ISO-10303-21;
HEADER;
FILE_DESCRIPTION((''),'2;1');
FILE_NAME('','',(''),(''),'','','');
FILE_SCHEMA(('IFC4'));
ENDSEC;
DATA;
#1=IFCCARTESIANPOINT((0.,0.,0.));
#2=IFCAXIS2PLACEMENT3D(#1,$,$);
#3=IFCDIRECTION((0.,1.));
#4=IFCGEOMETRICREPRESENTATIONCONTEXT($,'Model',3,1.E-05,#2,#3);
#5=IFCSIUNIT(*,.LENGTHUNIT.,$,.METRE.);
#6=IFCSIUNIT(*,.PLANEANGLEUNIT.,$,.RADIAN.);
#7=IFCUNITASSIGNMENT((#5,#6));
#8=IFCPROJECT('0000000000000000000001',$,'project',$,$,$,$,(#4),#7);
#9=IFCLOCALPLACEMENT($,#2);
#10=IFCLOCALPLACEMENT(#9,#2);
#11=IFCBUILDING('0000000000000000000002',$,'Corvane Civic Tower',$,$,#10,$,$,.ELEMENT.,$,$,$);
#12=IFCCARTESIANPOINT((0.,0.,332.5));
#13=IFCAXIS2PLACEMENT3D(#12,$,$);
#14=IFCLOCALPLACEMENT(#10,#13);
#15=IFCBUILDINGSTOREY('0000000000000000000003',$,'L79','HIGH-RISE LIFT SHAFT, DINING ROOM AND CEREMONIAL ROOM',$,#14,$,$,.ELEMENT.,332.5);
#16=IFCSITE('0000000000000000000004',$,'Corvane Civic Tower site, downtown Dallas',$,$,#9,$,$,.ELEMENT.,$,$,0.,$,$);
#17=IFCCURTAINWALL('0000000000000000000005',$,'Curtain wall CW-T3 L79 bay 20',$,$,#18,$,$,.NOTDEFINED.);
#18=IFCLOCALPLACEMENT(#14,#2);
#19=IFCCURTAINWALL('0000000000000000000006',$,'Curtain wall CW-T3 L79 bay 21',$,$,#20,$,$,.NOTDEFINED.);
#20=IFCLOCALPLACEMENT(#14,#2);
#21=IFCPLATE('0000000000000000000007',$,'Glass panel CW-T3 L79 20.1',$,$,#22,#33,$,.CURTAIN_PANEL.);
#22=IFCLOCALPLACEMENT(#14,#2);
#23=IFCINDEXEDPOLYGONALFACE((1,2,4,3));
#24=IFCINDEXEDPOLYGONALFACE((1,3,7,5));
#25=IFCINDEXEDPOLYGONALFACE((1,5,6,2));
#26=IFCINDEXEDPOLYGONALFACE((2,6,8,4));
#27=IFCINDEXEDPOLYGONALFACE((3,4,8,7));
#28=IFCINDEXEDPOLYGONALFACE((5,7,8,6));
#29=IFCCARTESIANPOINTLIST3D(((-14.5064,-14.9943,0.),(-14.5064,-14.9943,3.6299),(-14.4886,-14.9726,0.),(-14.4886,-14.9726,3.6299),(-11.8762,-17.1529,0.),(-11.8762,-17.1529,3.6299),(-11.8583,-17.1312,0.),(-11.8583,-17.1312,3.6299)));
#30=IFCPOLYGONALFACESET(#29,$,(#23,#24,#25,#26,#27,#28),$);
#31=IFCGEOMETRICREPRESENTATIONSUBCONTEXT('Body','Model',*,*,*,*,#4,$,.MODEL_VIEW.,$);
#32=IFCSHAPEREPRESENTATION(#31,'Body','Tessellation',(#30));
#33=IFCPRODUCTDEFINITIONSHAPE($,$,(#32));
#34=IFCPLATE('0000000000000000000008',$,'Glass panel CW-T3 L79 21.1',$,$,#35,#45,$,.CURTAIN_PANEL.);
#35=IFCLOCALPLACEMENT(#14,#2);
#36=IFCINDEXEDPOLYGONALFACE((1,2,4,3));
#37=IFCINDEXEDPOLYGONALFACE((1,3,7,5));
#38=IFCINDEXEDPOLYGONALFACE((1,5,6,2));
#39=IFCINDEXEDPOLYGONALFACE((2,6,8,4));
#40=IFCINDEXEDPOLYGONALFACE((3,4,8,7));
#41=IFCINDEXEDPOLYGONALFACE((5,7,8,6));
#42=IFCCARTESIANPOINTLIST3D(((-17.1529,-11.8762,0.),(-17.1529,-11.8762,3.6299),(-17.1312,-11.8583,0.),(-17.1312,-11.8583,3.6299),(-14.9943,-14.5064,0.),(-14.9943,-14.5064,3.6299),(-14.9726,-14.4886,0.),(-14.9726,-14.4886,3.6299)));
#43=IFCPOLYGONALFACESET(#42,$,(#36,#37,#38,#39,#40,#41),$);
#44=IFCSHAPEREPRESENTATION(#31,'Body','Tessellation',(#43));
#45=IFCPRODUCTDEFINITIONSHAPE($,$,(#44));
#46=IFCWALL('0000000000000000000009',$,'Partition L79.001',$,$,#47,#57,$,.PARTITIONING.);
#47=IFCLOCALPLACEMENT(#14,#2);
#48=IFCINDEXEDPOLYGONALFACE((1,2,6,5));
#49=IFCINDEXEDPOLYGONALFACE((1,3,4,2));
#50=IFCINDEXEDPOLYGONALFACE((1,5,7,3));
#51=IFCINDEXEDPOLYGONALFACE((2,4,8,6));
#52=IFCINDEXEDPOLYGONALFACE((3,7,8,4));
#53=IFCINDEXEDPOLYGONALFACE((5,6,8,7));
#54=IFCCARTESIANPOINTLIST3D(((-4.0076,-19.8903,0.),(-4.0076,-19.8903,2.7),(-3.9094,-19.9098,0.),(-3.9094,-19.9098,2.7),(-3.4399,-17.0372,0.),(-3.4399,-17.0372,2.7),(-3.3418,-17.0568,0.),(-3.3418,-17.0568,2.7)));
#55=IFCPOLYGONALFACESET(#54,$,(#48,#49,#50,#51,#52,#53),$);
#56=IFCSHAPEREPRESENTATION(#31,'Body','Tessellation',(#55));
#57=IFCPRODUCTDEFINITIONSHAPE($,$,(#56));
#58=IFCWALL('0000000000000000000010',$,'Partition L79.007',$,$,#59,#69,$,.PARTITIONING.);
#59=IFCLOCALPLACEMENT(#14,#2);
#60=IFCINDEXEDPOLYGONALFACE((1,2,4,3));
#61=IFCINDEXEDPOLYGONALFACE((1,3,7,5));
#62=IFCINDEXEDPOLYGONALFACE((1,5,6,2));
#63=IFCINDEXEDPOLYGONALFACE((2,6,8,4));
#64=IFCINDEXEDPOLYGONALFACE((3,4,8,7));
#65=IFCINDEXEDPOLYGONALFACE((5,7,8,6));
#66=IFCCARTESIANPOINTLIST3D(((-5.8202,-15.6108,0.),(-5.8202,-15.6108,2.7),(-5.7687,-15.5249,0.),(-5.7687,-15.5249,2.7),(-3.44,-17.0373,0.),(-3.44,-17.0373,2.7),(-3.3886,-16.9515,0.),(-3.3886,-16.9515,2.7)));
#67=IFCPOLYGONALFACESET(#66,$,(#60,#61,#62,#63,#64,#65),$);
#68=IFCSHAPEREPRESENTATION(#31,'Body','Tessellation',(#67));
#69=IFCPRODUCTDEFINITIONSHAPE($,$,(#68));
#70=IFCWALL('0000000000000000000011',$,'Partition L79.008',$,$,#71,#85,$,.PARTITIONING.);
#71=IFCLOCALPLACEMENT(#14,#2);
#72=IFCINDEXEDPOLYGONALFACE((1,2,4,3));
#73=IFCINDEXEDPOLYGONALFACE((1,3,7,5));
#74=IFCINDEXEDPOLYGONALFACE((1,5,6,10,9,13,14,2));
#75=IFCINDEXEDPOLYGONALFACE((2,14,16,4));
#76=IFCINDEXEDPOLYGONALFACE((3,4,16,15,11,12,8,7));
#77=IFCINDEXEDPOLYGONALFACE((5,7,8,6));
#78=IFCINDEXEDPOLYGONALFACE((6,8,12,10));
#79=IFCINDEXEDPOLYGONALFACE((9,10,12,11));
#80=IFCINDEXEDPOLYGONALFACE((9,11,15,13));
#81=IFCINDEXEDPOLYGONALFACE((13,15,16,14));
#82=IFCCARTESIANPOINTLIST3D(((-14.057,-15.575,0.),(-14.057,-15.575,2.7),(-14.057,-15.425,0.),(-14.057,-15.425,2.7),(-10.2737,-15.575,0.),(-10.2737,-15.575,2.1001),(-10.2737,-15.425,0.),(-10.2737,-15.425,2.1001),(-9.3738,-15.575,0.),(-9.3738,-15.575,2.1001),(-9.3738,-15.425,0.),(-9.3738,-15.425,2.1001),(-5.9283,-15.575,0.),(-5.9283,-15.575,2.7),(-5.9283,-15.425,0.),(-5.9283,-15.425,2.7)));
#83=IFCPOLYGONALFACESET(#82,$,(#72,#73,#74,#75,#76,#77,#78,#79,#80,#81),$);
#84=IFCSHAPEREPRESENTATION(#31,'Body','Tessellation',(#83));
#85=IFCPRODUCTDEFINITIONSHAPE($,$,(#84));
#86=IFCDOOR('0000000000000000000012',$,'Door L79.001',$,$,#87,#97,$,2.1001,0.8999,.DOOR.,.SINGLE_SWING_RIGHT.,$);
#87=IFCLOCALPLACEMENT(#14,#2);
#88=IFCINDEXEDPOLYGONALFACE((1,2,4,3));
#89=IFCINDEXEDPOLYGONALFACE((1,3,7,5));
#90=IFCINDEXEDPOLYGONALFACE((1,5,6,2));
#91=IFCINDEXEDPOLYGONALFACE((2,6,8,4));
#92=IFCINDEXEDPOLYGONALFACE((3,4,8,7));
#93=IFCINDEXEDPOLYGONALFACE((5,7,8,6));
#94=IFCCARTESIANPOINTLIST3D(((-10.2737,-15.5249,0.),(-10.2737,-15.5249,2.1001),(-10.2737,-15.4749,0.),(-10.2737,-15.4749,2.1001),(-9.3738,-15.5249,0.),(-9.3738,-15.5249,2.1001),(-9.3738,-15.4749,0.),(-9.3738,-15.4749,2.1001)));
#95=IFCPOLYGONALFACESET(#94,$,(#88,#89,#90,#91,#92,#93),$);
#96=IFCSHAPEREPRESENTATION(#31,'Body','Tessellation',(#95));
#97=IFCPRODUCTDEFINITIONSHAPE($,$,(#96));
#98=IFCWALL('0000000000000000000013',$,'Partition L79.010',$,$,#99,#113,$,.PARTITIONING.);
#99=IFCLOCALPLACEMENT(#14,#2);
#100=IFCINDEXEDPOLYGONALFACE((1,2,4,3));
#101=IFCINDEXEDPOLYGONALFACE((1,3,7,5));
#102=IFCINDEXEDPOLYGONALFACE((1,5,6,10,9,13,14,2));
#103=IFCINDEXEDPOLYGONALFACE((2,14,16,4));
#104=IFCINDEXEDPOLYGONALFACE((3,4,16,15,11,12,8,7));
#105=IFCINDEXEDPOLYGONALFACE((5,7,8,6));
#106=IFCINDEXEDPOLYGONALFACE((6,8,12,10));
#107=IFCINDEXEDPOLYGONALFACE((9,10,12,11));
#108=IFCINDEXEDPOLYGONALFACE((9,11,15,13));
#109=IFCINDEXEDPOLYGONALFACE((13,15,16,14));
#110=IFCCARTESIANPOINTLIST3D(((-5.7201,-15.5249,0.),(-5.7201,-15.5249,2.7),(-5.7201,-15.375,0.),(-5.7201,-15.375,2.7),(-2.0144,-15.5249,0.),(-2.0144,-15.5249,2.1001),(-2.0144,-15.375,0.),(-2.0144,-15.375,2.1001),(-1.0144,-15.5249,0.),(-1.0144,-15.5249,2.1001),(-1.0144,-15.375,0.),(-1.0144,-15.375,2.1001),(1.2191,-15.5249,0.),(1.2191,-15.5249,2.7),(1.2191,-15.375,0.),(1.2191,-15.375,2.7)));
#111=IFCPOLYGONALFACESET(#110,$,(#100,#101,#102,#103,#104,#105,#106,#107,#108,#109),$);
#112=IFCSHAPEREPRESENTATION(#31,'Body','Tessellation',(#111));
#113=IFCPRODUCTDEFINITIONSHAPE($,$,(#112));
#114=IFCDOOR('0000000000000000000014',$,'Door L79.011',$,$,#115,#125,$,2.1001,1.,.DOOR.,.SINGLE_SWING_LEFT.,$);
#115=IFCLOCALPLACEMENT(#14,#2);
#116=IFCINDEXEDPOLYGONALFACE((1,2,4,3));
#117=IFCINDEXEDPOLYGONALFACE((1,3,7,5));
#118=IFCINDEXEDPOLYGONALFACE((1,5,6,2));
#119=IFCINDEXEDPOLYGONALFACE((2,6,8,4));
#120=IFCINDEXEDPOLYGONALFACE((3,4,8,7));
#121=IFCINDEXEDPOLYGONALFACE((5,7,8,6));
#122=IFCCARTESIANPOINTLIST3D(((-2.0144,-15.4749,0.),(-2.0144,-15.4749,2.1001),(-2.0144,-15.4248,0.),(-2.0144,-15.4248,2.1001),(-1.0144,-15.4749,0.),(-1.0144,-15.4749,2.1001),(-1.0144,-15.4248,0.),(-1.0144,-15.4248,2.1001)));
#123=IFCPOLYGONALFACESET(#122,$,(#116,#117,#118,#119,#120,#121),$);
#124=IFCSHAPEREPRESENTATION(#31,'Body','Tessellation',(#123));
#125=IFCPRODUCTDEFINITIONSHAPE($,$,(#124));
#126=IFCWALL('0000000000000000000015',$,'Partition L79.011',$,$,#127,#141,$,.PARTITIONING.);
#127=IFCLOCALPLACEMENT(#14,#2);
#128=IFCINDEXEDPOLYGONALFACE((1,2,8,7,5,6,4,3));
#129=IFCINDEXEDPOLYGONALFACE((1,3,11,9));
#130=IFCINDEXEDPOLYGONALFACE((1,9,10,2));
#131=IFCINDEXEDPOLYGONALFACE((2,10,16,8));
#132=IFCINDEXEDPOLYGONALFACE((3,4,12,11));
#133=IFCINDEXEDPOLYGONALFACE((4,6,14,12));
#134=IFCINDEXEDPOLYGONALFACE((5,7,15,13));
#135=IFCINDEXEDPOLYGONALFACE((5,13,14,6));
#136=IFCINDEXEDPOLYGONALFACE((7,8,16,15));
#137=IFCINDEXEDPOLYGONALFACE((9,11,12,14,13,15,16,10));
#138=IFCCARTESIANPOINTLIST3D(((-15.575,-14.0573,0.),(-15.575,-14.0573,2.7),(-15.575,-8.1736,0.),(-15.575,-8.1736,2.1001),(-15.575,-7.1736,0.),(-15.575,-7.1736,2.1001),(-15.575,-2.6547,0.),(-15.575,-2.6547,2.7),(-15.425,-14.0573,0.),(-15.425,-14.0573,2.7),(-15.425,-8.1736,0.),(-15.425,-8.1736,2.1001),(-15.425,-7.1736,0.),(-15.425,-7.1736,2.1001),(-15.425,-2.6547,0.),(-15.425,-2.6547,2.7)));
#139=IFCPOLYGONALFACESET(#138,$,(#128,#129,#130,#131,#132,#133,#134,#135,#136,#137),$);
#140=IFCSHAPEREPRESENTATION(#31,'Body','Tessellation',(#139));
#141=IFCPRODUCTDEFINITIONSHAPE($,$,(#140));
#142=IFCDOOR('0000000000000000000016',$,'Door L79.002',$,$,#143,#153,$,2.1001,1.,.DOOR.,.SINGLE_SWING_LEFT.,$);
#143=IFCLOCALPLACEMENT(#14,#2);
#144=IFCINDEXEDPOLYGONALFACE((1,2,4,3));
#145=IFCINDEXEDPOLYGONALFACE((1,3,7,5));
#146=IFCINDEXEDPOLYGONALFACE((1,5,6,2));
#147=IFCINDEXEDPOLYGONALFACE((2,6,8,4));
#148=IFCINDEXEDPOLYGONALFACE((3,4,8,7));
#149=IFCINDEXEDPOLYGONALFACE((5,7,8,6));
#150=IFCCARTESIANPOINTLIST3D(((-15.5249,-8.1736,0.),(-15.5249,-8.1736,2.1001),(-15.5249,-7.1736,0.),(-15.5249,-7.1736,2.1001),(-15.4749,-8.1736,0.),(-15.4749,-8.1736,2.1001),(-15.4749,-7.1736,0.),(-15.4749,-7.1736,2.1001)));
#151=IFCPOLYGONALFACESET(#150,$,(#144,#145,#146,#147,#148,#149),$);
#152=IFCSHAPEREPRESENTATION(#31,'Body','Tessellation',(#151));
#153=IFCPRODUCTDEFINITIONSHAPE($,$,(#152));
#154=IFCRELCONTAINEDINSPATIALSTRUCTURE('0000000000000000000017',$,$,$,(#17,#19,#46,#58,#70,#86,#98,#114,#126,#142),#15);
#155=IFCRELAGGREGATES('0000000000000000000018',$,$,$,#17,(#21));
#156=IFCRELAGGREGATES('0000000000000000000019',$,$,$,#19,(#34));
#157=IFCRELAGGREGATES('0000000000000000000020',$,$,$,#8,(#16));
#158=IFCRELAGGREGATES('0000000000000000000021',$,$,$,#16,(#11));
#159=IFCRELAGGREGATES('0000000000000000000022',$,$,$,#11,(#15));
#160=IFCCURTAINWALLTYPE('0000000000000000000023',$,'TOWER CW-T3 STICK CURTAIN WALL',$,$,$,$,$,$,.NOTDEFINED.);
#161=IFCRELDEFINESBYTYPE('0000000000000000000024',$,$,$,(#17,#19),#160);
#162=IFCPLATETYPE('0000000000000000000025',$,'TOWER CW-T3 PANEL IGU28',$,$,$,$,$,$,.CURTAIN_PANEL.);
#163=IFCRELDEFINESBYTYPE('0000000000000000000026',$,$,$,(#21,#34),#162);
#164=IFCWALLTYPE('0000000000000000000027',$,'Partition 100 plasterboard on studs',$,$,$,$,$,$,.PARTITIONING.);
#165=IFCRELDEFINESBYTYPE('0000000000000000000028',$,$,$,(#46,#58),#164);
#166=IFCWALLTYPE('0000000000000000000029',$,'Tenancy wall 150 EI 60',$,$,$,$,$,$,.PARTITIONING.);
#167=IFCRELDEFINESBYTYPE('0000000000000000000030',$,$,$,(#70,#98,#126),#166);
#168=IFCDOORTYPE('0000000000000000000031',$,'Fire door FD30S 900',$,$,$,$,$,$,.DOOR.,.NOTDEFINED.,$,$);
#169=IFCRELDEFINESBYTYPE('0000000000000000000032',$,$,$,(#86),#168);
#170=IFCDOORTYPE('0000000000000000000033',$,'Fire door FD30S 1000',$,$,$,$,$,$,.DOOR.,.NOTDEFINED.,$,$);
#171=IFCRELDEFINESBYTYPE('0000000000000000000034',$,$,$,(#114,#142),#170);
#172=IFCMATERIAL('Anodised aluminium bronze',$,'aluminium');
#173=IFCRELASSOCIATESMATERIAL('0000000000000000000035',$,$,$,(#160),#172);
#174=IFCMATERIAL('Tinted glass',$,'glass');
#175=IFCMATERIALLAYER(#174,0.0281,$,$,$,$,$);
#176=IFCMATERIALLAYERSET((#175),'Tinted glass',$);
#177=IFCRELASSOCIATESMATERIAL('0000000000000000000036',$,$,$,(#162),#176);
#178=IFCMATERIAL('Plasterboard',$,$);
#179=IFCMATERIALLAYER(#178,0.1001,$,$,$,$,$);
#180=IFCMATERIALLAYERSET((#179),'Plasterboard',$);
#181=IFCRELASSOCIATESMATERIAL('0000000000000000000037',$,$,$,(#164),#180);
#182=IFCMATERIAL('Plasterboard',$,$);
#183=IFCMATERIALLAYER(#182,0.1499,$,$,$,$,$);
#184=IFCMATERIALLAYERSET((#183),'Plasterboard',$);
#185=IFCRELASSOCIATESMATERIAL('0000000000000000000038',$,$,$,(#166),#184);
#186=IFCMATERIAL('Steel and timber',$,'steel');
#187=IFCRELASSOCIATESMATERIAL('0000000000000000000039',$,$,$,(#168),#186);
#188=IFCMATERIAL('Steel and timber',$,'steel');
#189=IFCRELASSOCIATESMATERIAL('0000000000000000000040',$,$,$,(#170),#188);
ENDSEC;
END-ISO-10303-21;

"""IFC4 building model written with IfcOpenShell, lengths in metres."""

from ifc_helpers import new_model, si_unit, direction, frame, frame_2d, origin, origin_2d, place, context, subcontext, project, spatial, rectangle, extrude, material, layer, layer_set, type_object, element, fill, aggregate, save


model = new_model("IFC4")

# Units and contexts
model_context = context("Model", 3, precision=1e-05, world=origin(), true_north=direction((0.0, 1.0)))
body_context = subcontext(model_context, "Body", "Model", "MODEL_VIEW")
ifc_project = project(units=[si_unit("LENGTHUNIT", "METRE"), si_unit("PLANEANGLEUNIT", "RADIAN")], contexts=[model_context])

# Site, building, storey
site_placement = place(None, origin())
site = spatial("IfcSite", under=ifc_project, at=site_placement, Name="Corvane Civic Tower site, downtown Dallas", CompositionType="ELEMENT", RefElevation=0.0)
building_placement = place(site_placement, origin())
building = spatial("IfcBuilding", under=site, at=building_placement, Name="Corvane Civic Tower", CompositionType="ELEMENT")
storey_placement = place(building_placement, frame((0.0, 0.0, 332.5)))
storey = spatial("IfcBuildingStorey", under=building, at=storey_placement, Name="L79", Description="HIGH-RISE LIFT SHAFT, DINING ROOM AND CEREMONIAL ROOM", CompositionType="ELEMENT", Elevation=332.5)

# Curtain walls
ifc_material_1 = material(Name="Anodised aluminium bronze", Category="aluminium")
curtain_wall_type = type_object("IfcCurtainWallType", Name="TOWER CW-T3 STICK CURTAIN WALL", PredefinedType="NOTDEFINED", material=ifc_material_1)
curtain_wall_1_placement = place(storey_placement, origin())
curtain_wall_1 = element("IfcCurtainWall", 1, at=curtain_wall_1_placement, inside=storey, type_object=curtain_wall_type, Name="Curtain wall CW-T3 L79 bay 20", PredefinedType="NOTDEFINED")
curtain_wall_2_placement = place(storey_placement, origin())
curtain_wall_2 = element("IfcCurtainWall", 2, at=curtain_wall_2_placement, inside=storey, type_object=curtain_wall_type, Name="Curtain wall CW-T3 L79 bay 21", PredefinedType="NOTDEFINED")

# Plates
ifc_material_2 = material(Name="Tinted glass", Category="glass")
ifc_layer_1 = layer(ifc_material_2, 0.0281)
ifc_layer_set_1 = layer_set([ifc_layer_1], Name="Tinted glass")
plate_type = type_object("IfcPlateType", Name="TOWER CW-T3 PANEL IGU28", PredefinedType="CURTAIN_PANEL", material=ifc_layer_set_1)
plate_1_placement = place(storey_placement, frame((-13.1824, -16.0627, 0.0), z_axis=(0.0, 0.0, 1.0), x_axis=(-0.77301, 0.634393, 0.0)))
plate_1 = element("IfcPlate", 3, at=plate_1_placement, type_object=plate_type, Name="Glass panel CW-T3 L79 20.1", PredefinedType="CURTAIN_PANEL", context=body_context, shape_type="SweptSolid", body=[
    extrude(rectangle(XDim=3.4026, YDim=0.0281, at=origin_2d()), origin(), (0.0, 0.0, 1.0), 3.6299),
])
aggregate(curtain_wall_1, [plate_1])
plate_2_placement = place(storey_placement, frame((-16.0627, -13.1824, 0.0), z_axis=(0.0, 0.0, 1.0), x_axis=(-0.634393, 0.77301, 0.0)))
plate_2 = element("IfcPlate", 4, at=plate_2_placement, type_object=plate_type, Name="Glass panel CW-T3 L79 21.1", PredefinedType="CURTAIN_PANEL", context=body_context, shape_type="SweptSolid", body=[
    extrude(rectangle(XDim=3.4026, YDim=0.0281, at=origin_2d()), origin(), (0.0, 0.0, 1.0), 3.6299),
])
aggregate(curtain_wall_2, [plate_2])

# Walls
ifc_material_3 = material(Name="Plasterboard")
ifc_layer_2 = layer(ifc_material_3, 0.1001)
ifc_layer_set_2 = layer_set([ifc_layer_2], Name="Plasterboard")
wall_type_1 = type_object("IfcWallType", Name="Partition 100 plasterboard on studs", PredefinedType="PARTITIONING", material=ifc_layer_set_2)
wall_1_placement = place(storey_placement, frame((-3.9585, -19.9001, 0.0), z_axis=(0.0, 0.0, 1.0), x_axis=(0.195132, 0.980777, 0.0)))
element("IfcWall", 5, at=wall_1_placement, inside=storey, type_object=wall_type_1, Name="Partition L79.001", PredefinedType="PARTITIONING", context=body_context, shape_type="SweptSolid", body=[
    extrude(rectangle(XDim=2.9089, YDim=0.1001, at=frame_2d((1.4546, 0.0))), origin(), (0.0, 0.0, 1.0), 2.7),
])
wall_2_placement = place(storey_placement, frame((-5.7944, -15.5679, 0.0), z_axis=(0.0, 0.0, 1.0), x_axis=(0.857741, -0.514082, 0.0)))
element("IfcWall", 6, at=wall_2_placement, inside=storey, type_object=wall_type_1, Name="Partition L79.007", PredefinedType="PARTITIONING", context=body_context, shape_type="SweptSolid", body=[
    extrude(rectangle(XDim=2.7749, YDim=0.1001, at=frame_2d((1.3875, 0.0))), origin(), (0.0, 0.0, 1.0), 2.7),
])

# Walls, openings, doors
ifc_material_4 = material(Name="Plasterboard")
ifc_layer_3 = layer(ifc_material_4, 0.1499)
ifc_layer_set_3 = layer_set([ifc_layer_3], Name="Plasterboard")
wall_type_2 = type_object("IfcWallType", Name="Tenancy wall 150 EI 60", PredefinedType="PARTITIONING", material=ifc_layer_set_3)
wall_3_placement = place(storey_placement, frame((-14.0571, -15.5, 0.0), z_axis=(0.0, 0.0, 1.0), x_axis=(1.0, 0.0, 0.0)))
wall_3 = element("IfcWall", 7, at=wall_3_placement, inside=storey, type_object=wall_type_2, Name="Partition L79.008", PredefinedType="PARTITIONING", context=body_context, shape_type="SweptSolid", body=[
    extrude(rectangle(XDim=8.1287, YDim=0.1499, at=frame_2d((4.0645, 0.0))), origin(), (0.0, 0.0, 1.0), 2.7),
])
opening_1_placement = place(wall_3_placement, frame((3.7834, 0.0, 0.0)))
opening_1 = element("IfcOpeningElement", 8, at=opening_1_placement, cuts=wall_3, PredefinedType="OPENING", context=body_context, shape_type="SweptSolid", body=[
    extrude(rectangle(XDim=0.8999, YDim=2.1001, at=frame_2d((0.45, 1.05))), frame((0.0, 0.085, 0.0), z_axis=(0.0, -1.0, 0.0), x_axis=(1.0, 0.0, 0.0)), (0.0, 0.0, 1.0), 0.1699),
])
ifc_material_5 = material(Name="Steel and timber", Category="steel")
door_type_1 = type_object("IfcDoorType", Name="Fire door FD30S 900", OperationType="NOTDEFINED", PredefinedType="DOOR", material=ifc_material_5)
door_1_placement = place(opening_1_placement, frame((0.8999, 0.0, 0.0), z_axis=(0.0, 0.0, 1.0), x_axis=(-1.0, 0.0, 0.0)))
door_1 = element("IfcDoor", 9, at=door_1_placement, inside=storey, type_object=door_type_1, Name="Door L79.001", OperationType="SINGLE_SWING_RIGHT", OverallHeight=2.1001, OverallWidth=0.8999, PredefinedType="DOOR", context=body_context, shape_type="SweptSolid", body=[
    extrude(rectangle(XDim=0.8999, YDim=2.1001, at=frame_2d((0.45, 1.05))), frame((0.0, 0.0249, 0.0), z_axis=(0.0, -1.0, 0.0), x_axis=(1.0, 0.0, 0.0)), (0.0, 0.0, 1.0), 0.05),
])
fill(opening_1, door_1)
wall_4_placement = place(storey_placement, frame((-5.7202, -15.45, 0.0), z_axis=(0.0, 0.0, 1.0), x_axis=(1.0, 0.0, 0.0)))
wall_4 = element("IfcWall", 10, at=wall_4_placement, inside=storey, type_object=wall_type_2, Name="Partition L79.010", PredefinedType="PARTITIONING", context=body_context, shape_type="SweptSolid", body=[
    extrude(rectangle(XDim=6.9392, YDim=0.1499, at=frame_2d((3.4697, 0.0))), origin(), (0.0, 0.0, 1.0), 2.7),
])
opening_2_placement = place(wall_4_placement, frame((3.7058, 0.0, 0.0)))
opening_2 = element("IfcOpeningElement", 11, at=opening_2_placement, cuts=wall_4, PredefinedType="OPENING", context=body_context, shape_type="SweptSolid", body=[
    extrude(rectangle(XDim=1.0, YDim=2.1001, at=frame_2d((0.5, 1.05))), frame((0.0, 0.085, 0.0), z_axis=(0.0, -1.0, 0.0), x_axis=(1.0, 0.0, 0.0)), (0.0, 0.0, 1.0), 0.1699),
])
ifc_material_6 = material(Name="Steel and timber", Category="steel")
door_type_2 = type_object("IfcDoorType", Name="Fire door FD30S 1000", OperationType="NOTDEFINED", PredefinedType="DOOR", material=ifc_material_6)
door_2_placement = place(opening_2_placement, frame((1.0, 0.0, 0.0), z_axis=(0.0, 0.0, 1.0), x_axis=(-1.0, 0.0, 0.0)))
door_2 = element("IfcDoor", 12, at=door_2_placement, inside=storey, type_object=door_type_2, Name="Door L79.011", OperationType="SINGLE_SWING_LEFT", OverallHeight=2.1001, OverallWidth=1.0, PredefinedType="DOOR", context=body_context, shape_type="SweptSolid", body=[
    extrude(rectangle(XDim=1.0, YDim=2.1001, at=frame_2d((0.5, 1.05))), frame((0.0, 0.0249, 0.0), z_axis=(0.0, -1.0, 0.0), x_axis=(1.0, 0.0, 0.0)), (0.0, 0.0, 1.0), 0.05),
])
fill(opening_2, door_2)
wall_5_placement = place(storey_placement, frame((-15.5, -14.0571, 0.0), z_axis=(0.0, 0.0, 1.0), x_axis=(0.0, 1.0, 0.0)))
wall_5 = element("IfcWall", 13, at=wall_5_placement, inside=storey, type_object=wall_type_2, Name="Partition L79.011", PredefinedType="PARTITIONING", context=body_context, shape_type="SweptSolid", body=[
    extrude(rectangle(XDim=11.4026, YDim=0.1499, at=frame_2d((5.7012, 0.0))), origin(), (0.0, 0.0, 1.0), 2.7),
])
opening_3_placement = place(wall_5_placement, frame((5.8835, 0.0, 0.0)))
opening_3 = element("IfcOpeningElement", 14, at=opening_3_placement, cuts=wall_5, PredefinedType="OPENING", context=body_context, shape_type="SweptSolid", body=[
    extrude(rectangle(XDim=1.0, YDim=2.1001, at=frame_2d((0.5, 1.05))), frame((0.0, 0.085, 0.0), z_axis=(0.0, -1.0, 0.0), x_axis=(1.0, 0.0, 0.0)), (0.0, 0.0, 1.0), 0.1699),
])
door_3_placement = place(opening_3_placement, origin())
door_3 = element("IfcDoor", 15, at=door_3_placement, inside=storey, type_object=door_type_2, Name="Door L79.002", OperationType="SINGLE_SWING_LEFT", OverallHeight=2.1001, OverallWidth=1.0, PredefinedType="DOOR", context=body_context, shape_type="SweptSolid", body=[
    extrude(rectangle(XDim=1.0, YDim=2.1001, at=frame_2d((0.5, 1.05))), frame((0.0, 0.0249, 0.0), z_axis=(0.0, -1.0, 0.0), x_axis=(1.0, 0.0, 0.0)), (0.0, 0.0, 1.0), 0.05),
])
fill(opening_3, door_3)

save(model, "model.ifc")
